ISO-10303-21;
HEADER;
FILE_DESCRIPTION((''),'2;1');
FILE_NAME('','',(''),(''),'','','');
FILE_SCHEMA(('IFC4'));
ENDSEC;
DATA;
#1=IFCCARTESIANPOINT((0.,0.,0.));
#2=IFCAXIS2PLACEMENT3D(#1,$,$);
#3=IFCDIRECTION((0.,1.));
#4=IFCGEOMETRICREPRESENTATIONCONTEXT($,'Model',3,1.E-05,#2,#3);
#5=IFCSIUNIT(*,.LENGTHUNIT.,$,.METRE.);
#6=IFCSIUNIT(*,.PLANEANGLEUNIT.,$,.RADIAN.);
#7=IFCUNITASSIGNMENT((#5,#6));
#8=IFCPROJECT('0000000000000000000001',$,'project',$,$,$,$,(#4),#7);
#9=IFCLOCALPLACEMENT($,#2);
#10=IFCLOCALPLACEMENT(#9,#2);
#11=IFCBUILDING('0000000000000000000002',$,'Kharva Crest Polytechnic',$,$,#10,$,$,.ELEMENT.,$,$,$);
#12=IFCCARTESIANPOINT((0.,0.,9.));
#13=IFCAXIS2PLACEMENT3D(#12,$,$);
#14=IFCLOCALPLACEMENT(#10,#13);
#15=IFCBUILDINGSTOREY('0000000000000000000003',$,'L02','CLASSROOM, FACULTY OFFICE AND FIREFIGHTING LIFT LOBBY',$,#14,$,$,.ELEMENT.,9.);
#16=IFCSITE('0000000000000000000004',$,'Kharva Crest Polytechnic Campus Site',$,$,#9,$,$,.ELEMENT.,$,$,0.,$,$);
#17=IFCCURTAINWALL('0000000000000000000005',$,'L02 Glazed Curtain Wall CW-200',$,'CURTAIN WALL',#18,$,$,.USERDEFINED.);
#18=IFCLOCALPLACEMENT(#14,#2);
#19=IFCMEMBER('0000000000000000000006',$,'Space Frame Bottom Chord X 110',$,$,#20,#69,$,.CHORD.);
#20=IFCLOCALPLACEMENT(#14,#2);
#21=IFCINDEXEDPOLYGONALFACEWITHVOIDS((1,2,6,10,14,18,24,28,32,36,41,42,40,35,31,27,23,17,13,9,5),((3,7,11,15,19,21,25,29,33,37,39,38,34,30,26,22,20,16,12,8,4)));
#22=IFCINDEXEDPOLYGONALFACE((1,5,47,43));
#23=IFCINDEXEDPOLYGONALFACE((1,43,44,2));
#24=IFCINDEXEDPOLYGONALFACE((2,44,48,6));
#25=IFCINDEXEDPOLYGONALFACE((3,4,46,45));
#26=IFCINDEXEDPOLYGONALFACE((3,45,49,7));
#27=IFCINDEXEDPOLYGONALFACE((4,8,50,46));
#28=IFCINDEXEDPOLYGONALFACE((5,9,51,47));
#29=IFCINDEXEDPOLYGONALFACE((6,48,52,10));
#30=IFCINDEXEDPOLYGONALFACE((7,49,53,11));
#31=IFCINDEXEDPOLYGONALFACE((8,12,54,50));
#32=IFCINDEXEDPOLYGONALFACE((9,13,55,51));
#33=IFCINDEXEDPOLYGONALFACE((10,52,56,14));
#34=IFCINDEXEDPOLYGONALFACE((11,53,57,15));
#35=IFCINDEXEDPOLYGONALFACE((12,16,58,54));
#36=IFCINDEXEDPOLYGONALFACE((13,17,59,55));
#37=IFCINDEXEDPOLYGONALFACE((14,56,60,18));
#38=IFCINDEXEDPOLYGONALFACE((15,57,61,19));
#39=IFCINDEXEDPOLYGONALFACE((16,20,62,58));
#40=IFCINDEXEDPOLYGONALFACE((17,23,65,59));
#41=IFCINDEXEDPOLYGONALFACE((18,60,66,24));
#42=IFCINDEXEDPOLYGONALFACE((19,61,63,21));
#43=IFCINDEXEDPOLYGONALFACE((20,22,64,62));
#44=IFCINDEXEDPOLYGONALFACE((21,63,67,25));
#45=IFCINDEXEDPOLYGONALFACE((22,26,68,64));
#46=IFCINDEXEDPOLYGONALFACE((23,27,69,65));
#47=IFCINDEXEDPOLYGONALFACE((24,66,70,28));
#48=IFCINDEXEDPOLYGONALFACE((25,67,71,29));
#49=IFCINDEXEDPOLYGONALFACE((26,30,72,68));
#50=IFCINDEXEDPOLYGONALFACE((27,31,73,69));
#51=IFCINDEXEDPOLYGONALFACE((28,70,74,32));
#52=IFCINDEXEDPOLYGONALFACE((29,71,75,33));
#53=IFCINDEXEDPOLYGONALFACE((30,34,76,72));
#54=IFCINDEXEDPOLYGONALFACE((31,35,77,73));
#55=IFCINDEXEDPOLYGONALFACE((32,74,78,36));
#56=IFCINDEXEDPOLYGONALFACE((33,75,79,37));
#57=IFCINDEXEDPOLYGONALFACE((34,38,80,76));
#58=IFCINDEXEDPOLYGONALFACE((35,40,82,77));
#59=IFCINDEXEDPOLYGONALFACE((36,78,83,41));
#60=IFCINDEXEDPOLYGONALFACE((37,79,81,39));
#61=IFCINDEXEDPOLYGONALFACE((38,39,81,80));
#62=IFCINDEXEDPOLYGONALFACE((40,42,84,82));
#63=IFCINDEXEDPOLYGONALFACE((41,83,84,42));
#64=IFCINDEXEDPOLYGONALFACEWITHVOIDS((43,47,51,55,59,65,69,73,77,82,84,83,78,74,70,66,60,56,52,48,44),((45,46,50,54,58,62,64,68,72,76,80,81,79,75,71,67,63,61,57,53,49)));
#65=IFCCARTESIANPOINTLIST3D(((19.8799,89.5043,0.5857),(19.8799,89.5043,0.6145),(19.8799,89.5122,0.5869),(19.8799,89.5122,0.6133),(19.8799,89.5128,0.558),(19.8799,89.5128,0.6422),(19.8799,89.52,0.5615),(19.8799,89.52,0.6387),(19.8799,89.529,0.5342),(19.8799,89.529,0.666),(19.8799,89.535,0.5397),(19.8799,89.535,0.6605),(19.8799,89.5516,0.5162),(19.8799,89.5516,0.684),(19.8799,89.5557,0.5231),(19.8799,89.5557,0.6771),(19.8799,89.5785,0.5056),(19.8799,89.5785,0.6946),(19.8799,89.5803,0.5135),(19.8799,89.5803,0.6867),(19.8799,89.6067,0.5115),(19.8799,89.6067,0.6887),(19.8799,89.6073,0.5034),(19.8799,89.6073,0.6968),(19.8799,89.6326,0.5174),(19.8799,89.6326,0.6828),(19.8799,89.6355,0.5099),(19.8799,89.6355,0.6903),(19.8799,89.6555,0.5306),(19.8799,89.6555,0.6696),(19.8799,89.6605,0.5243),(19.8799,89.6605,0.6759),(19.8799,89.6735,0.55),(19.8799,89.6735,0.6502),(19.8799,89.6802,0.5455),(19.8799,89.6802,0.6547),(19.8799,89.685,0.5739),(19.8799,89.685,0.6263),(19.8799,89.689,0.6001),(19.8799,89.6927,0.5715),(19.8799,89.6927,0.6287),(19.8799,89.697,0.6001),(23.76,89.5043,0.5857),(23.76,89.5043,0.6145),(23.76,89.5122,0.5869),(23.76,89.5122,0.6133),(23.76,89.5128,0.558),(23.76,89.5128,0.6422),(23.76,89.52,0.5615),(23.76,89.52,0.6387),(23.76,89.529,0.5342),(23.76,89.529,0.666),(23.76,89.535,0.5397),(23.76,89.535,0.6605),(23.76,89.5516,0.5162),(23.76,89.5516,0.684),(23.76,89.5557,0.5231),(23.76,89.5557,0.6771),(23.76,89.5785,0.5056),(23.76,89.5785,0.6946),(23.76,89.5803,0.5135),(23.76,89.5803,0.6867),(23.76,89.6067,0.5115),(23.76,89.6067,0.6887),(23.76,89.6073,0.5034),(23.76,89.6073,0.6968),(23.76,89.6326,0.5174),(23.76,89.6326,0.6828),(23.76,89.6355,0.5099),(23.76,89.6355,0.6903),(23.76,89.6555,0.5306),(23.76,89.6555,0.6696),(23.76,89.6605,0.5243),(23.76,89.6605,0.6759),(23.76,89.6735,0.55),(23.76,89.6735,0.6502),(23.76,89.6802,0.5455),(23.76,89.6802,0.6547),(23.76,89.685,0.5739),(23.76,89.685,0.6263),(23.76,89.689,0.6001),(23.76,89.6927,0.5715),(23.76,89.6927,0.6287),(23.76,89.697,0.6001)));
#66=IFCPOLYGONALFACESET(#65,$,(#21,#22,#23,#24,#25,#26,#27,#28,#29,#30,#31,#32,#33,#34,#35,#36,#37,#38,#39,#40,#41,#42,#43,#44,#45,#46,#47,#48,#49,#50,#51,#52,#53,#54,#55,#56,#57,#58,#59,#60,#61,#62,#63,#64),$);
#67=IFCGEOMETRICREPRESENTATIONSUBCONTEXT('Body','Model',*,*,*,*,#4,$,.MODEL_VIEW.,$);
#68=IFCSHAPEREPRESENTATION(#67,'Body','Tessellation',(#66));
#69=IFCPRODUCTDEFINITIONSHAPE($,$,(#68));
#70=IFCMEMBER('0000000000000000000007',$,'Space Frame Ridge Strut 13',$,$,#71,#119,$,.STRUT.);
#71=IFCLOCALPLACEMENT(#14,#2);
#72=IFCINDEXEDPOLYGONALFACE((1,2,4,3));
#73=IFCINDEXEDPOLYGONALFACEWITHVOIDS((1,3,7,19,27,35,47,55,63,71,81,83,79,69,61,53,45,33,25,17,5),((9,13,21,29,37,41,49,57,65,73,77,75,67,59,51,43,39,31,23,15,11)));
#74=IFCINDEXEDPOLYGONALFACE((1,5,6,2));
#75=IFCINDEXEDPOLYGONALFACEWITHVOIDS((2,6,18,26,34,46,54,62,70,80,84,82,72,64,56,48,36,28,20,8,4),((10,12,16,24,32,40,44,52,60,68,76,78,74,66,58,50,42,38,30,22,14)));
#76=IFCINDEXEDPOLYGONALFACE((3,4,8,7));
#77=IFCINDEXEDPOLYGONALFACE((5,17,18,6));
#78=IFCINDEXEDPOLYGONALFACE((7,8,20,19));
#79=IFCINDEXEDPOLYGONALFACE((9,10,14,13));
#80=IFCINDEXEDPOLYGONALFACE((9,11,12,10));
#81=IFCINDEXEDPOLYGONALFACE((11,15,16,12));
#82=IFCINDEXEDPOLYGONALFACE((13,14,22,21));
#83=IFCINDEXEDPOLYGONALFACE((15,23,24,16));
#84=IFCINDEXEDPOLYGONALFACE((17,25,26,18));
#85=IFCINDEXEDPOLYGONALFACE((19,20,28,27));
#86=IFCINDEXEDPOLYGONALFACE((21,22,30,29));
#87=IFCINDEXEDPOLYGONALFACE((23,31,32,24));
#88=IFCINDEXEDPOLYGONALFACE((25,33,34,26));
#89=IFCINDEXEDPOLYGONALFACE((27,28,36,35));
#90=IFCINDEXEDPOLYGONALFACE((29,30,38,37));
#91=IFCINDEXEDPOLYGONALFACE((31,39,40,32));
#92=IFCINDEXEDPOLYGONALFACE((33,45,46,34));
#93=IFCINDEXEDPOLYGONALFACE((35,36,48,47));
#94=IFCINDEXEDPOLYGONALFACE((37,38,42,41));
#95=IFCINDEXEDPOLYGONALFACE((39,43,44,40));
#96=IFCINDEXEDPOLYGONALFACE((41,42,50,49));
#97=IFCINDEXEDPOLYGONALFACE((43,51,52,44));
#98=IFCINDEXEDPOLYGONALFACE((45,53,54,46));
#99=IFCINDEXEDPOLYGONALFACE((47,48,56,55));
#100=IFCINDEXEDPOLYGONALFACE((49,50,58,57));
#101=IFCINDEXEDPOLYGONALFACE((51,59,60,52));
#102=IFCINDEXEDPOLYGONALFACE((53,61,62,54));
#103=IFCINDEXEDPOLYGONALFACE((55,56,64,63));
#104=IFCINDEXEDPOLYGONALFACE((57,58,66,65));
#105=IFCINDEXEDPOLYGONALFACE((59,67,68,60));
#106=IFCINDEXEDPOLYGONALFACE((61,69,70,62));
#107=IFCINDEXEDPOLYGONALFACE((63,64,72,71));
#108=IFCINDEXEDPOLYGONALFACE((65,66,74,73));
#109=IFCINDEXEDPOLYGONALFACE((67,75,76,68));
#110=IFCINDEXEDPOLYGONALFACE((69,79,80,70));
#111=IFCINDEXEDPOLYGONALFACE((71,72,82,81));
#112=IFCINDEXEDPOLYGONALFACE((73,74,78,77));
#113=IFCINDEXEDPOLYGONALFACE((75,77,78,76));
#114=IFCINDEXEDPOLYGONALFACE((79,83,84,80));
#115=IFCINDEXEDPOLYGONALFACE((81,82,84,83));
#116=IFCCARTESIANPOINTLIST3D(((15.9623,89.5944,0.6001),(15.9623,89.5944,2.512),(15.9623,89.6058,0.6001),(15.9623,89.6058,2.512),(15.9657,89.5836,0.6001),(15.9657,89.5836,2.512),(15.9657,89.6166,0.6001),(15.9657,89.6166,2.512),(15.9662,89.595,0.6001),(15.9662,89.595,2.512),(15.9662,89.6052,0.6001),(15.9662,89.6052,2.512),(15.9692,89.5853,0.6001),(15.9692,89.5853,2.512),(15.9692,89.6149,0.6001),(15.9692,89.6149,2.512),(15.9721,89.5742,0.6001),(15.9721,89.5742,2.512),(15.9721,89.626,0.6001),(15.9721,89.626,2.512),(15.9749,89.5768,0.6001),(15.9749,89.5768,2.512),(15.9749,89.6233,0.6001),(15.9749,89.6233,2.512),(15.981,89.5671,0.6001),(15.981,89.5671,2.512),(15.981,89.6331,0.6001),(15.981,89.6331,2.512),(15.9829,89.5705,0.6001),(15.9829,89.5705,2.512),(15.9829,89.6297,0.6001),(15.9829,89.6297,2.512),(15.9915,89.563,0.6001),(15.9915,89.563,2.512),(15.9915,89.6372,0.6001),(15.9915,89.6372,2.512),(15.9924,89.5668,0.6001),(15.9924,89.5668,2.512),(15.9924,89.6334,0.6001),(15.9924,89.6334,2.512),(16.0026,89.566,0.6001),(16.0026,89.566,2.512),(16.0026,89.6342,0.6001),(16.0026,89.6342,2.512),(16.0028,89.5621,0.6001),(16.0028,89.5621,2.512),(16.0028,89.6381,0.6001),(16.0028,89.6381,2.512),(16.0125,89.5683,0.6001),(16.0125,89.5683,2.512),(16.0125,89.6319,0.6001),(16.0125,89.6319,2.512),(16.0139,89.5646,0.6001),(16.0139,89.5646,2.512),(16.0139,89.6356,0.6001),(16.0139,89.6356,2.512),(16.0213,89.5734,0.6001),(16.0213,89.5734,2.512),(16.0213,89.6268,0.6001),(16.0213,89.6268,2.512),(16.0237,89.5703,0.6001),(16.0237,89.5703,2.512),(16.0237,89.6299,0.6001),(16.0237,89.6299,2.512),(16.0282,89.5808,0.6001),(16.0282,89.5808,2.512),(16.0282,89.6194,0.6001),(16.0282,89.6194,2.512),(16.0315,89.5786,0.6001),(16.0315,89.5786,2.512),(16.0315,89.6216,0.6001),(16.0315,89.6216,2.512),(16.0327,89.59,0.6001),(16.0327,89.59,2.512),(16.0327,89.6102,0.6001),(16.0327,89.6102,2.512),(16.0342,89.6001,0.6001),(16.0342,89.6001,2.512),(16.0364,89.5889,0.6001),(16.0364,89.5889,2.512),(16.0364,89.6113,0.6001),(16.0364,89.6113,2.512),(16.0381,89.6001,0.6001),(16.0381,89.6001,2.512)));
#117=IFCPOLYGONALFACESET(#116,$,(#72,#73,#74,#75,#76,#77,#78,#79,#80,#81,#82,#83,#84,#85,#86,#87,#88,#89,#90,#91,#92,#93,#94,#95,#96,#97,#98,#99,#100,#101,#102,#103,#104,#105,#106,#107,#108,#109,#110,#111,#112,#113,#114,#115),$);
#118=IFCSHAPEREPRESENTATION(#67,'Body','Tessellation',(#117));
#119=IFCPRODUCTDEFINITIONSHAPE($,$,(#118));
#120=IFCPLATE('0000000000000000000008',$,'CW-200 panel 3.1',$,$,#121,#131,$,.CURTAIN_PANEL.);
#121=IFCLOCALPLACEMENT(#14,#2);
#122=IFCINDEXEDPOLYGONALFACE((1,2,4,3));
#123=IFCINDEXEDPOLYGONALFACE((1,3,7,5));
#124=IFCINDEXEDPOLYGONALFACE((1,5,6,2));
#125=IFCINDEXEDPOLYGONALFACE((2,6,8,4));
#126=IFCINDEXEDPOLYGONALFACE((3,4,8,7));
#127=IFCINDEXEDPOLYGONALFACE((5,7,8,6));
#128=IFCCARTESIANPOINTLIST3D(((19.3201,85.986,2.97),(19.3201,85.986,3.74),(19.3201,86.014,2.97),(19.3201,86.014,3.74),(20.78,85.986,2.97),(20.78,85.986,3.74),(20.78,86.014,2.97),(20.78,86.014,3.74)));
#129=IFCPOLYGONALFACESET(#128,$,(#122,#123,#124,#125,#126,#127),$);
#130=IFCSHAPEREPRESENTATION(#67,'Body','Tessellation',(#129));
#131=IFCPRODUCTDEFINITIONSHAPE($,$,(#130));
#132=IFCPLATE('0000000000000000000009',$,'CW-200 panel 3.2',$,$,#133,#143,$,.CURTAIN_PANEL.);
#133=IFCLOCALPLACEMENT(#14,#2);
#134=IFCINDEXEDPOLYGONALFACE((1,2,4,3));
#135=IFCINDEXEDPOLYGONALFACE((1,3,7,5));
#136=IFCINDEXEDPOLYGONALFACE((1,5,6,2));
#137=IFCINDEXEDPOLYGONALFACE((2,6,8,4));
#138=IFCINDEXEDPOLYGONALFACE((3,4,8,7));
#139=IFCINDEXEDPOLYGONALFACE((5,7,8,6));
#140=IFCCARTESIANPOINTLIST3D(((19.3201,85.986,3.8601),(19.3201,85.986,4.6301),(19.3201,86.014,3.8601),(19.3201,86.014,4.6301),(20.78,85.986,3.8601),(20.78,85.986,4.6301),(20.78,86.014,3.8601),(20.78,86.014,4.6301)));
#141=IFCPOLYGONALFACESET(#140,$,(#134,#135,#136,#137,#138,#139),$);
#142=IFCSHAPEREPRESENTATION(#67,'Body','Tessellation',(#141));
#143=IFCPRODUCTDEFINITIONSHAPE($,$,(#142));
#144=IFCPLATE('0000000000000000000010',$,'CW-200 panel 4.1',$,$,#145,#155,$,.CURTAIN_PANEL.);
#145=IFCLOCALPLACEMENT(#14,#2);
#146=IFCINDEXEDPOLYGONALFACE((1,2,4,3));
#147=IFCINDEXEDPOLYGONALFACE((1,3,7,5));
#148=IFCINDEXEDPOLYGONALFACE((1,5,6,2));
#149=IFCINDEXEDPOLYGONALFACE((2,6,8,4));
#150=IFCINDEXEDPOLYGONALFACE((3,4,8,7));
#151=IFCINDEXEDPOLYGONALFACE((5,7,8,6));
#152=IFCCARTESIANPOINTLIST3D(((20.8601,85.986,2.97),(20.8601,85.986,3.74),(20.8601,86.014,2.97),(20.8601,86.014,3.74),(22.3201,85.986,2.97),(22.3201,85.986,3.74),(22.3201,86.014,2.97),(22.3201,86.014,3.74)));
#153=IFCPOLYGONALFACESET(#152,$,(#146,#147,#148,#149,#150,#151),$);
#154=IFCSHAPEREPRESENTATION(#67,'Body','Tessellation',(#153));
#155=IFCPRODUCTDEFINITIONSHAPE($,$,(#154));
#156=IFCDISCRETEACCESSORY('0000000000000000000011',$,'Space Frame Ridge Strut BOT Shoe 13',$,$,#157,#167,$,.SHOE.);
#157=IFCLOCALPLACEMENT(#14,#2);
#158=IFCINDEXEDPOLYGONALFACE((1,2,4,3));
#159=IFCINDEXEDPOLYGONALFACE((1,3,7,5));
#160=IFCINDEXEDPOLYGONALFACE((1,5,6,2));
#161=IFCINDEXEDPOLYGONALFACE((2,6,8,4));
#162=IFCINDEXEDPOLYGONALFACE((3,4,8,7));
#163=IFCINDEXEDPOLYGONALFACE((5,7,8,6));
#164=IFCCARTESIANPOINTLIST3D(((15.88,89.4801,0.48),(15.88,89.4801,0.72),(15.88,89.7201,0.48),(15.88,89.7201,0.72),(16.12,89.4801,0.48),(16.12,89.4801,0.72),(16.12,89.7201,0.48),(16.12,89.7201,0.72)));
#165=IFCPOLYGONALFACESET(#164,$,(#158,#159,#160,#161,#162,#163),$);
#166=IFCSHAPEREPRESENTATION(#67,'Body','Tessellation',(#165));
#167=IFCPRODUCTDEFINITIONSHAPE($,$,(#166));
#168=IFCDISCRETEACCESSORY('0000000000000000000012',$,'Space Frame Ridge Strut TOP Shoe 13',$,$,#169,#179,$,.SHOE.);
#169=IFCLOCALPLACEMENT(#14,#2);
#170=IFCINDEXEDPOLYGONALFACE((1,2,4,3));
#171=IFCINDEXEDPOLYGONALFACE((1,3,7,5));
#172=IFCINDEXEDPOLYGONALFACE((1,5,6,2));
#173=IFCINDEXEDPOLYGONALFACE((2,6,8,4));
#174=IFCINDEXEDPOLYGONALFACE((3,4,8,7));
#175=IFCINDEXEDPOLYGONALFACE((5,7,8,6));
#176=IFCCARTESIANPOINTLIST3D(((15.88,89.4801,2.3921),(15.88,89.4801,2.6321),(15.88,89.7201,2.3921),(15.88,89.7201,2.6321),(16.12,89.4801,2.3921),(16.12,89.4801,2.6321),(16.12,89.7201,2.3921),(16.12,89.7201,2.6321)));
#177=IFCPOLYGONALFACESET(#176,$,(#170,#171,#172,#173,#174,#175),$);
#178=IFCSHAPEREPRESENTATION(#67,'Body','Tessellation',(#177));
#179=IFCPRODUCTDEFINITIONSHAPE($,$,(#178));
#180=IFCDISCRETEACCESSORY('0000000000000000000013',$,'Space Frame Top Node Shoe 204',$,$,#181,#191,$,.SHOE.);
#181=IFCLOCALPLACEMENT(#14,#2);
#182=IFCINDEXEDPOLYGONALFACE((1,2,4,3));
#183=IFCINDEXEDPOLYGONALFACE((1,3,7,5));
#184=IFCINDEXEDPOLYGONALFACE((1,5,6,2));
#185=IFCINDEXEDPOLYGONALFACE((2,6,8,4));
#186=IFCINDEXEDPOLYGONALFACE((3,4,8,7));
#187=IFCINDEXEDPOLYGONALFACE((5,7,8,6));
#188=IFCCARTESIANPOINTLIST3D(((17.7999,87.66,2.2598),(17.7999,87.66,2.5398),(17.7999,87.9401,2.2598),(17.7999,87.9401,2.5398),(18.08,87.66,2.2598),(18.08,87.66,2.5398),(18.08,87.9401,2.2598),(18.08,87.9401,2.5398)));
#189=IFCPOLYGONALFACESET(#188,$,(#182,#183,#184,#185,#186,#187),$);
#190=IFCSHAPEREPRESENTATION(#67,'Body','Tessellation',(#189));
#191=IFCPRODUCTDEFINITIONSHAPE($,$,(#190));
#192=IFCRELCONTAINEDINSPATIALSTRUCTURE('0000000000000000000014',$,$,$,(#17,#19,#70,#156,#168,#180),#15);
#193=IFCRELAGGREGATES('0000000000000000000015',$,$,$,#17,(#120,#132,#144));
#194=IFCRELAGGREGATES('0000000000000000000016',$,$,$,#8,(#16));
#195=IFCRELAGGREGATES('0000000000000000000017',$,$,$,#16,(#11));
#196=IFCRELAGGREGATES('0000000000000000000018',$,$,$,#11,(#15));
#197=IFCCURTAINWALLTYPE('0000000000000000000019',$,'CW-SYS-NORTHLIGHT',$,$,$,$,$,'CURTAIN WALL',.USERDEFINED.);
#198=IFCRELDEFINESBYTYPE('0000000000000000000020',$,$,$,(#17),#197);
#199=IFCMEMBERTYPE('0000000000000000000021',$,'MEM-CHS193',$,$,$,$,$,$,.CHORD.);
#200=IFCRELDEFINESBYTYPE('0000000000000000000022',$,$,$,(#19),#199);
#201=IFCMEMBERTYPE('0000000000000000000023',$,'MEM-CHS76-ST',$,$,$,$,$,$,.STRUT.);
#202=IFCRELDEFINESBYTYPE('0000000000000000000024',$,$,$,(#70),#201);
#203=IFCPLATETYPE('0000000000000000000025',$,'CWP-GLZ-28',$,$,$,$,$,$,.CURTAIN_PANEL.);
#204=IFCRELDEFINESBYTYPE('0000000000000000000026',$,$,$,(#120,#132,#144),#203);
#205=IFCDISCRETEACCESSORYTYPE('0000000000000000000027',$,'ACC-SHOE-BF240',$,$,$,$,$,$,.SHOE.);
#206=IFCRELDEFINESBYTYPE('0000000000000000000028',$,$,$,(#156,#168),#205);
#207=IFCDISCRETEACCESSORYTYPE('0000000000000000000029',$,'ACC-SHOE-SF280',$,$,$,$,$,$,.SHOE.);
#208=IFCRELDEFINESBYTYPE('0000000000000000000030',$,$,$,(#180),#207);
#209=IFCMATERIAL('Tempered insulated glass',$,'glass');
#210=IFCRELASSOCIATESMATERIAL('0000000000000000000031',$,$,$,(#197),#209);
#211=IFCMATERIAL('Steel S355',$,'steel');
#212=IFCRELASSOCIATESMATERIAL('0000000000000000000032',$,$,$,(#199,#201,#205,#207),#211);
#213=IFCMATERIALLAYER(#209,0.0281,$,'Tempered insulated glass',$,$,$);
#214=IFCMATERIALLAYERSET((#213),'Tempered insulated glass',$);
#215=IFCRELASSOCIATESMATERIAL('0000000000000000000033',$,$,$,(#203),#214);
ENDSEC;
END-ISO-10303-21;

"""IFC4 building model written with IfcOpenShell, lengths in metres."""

from ifc_helpers import new_model, si_unit, direction, frame, origin, origin_2d, place, context, subcontext, project, spatial, rectangle, hollow_circle, extrude, material, layer, layer_set, material_profile, profile_set, type_object, element, aggregate, save


model = new_model("IFC4")

# Units and contexts
model_context = context("Model", 3, precision=1e-05, world=origin(), true_north=direction((0.0, 1.0)))
body_context = subcontext(model_context, "Body", "Model", "MODEL_VIEW")
ifc_project = project(units=[si_unit("LENGTHUNIT", "METRE"), si_unit("PLANEANGLEUNIT", "RADIAN")], contexts=[model_context])

# Site, building, storey
site_placement = place(None, origin())
site = spatial("IfcSite", under=ifc_project, at=site_placement, Name="Kharva Crest Polytechnic Campus Site", CompositionType="ELEMENT", RefElevation=0.0)
building_placement = place(site_placement, origin())
building = spatial("IfcBuilding", under=site, at=building_placement, Name="Kharva Crest Polytechnic", CompositionType="ELEMENT")
storey_placement = place(building_placement, frame((0.0, 0.0, 9.0)))
storey = spatial("IfcBuildingStorey", under=building, at=storey_placement, Name="L02", Description="CLASSROOM, FACULTY OFFICE AND FIREFIGHTING LIFT LOBBY", CompositionType="ELEMENT", Elevation=9.0)

# Curtain wall
ifc_material_1 = material(Name="Tempered insulated glass", Category="glass")
curtain_wall_type = type_object("IfcCurtainWallType", Name="CW-SYS-NORTHLIGHT", ElementType="CURTAIN WALL", PredefinedType="USERDEFINED", material=ifc_material_1)
curtain_wall_placement = place(storey_placement, origin())
curtain_wall = element("IfcCurtainWall", 1, at=curtain_wall_placement, inside=storey, type_object=curtain_wall_type, Name="L02 Glazed Curtain Wall CW-200", ObjectType="CURTAIN WALL", PredefinedType="USERDEFINED")
ifc_material_2 = material(Name="Steel S355", Category="steel")

# Members
ifc_material_profile_1 = material_profile(ifc_material_2, hollow_circle(Radius=0.0969, WallThickness=0.0081, at=origin_2d()), Name="CHS 193.7X8.0")
ifc_profile_set_1 = profile_set([ifc_material_profile_1], Name="Steel S355")
member_type_1 = type_object("IfcMemberType", Name="MEM-CHS193", PredefinedType="CHORD", material=ifc_profile_set_1)
member_1_placement = place(storey_placement, frame((19.8799, 89.6001, 0.6001), z_axis=(1.0, 0.0, 0.0), x_axis=(0.0, 1.0, 0.0)))
element("IfcMember", 2, at=member_1_placement, inside=storey, type_object=member_type_1, Name="Space Frame Bottom Chord X 110", PredefinedType="CHORD", context=body_context, shape_type="SweptSolid", body=[
    extrude(hollow_circle(Radius=0.0969, WallThickness=0.0081, at=origin_2d()), origin(), (0.0, 0.0, 1.0), 3.8801),
])
ifc_material_profile_2 = material_profile(ifc_material_2, hollow_circle(Radius=0.0381, WallThickness=0.0039, at=origin_2d()), Name="CHS 76.1X4.0")
ifc_profile_set_2 = profile_set([ifc_material_profile_2], Name="Steel S355")
member_type_2 = type_object("IfcMemberType", Name="MEM-CHS76-ST", PredefinedType="STRUT", material=ifc_profile_set_2)
member_2_placement = place(storey_placement, frame((16.0, 89.6001, 0.6001), z_axis=(0.0, 0.0, 1.0), x_axis=(1.0, 0.0, 0.0)))
element("IfcMember", 3, at=member_2_placement, inside=storey, type_object=member_type_2, Name="Space Frame Ridge Strut 13", PredefinedType="STRUT", context=body_context, shape_type="SweptSolid", body=[
    extrude(hollow_circle(Radius=0.0381, WallThickness=0.0039, at=origin_2d()), origin(), (0.0, 0.0, 1.0), 1.9119),
])

# Plates
ifc_layer = layer(ifc_material_1, 0.0281, Name="Tempered insulated glass")
ifc_layer_set = layer_set([ifc_layer], Name="Tempered insulated glass")
plate_type = type_object("IfcPlateType", Name="CWP-GLZ-28", PredefinedType="CURTAIN_PANEL", material=ifc_layer_set)
plate_1_placement = place(storey_placement, frame((20.05, 86.0, 2.97), z_axis=(0.0, 0.0, 1.0), x_axis=(1.0, 0.0, 0.0)))
plate_1 = element("IfcPlate", 4, at=plate_1_placement, type_object=plate_type, Name="CW-200 panel 3.1", PredefinedType="CURTAIN_PANEL", context=body_context, shape_type="SweptSolid", body=[
    extrude(rectangle(XDim=1.46, YDim=0.0281, at=origin_2d()), origin(), (0.0, 0.0, 1.0), 0.77),
])
plate_2_placement = place(storey_placement, frame((20.05, 86.0, 3.8601), z_axis=(0.0, 0.0, 1.0), x_axis=(1.0, 0.0, 0.0)))
plate_2 = element("IfcPlate", 5, at=plate_2_placement, type_object=plate_type, Name="CW-200 panel 3.2", PredefinedType="CURTAIN_PANEL", context=body_context, shape_type="SweptSolid", body=[
    extrude(rectangle(XDim=1.46, YDim=0.0281, at=origin_2d()), origin(), (0.0, 0.0, 1.0), 0.77),
])
plate_3_placement = place(storey_placement, frame((21.5901, 86.0, 2.97), z_axis=(0.0, 0.0, 1.0), x_axis=(1.0, 0.0, 0.0)))
plate_3 = element("IfcPlate", 6, at=plate_3_placement, type_object=plate_type, Name="CW-200 panel 4.1", PredefinedType="CURTAIN_PANEL", context=body_context, shape_type="SweptSolid", body=[
    extrude(rectangle(XDim=1.46, YDim=0.0281, at=origin_2d()), origin(), (0.0, 0.0, 1.0), 0.77),
])
aggregate(curtain_wall, [plate_1, plate_2, plate_3])

# Discrete accessories
discrete_accessory_type_1 = type_object("IfcDiscreteAccessoryType", Name="ACC-SHOE-BF240", PredefinedType="SHOE", material=ifc_material_2)
for number, where, z_axis, x_axis, name in (
    (7, (16.0, 89.6001, 0.48), (0.0, 0.0, 1.0), (1.0, 0.0, 0.0), "Space Frame Ridge Strut BOT Shoe 13"),
    (8, (16.0, 89.6001, 2.3921), (0.0, 0.0, 1.0), (1.0, 0.0, 0.0), "Space Frame Ridge Strut TOP Shoe 13"),
):
    element("IfcDiscreteAccessory", number, at=place(storey_placement, frame(where, z_axis=z_axis, x_axis=x_axis)), inside=storey, type_object=discrete_accessory_type_1, Name=name, PredefinedType="SHOE", context=body_context, shape_type="SweptSolid", body=[
        extrude(rectangle(XDim=0.24, YDim=0.24, at=origin_2d()), origin(), (0.0, 0.0, 1.0), 0.24),
    ])
discrete_accessory_type_2 = type_object("IfcDiscreteAccessoryType", Name="ACC-SHOE-SF280", PredefinedType="SHOE", material=ifc_material_2)
discrete_accessory_placement = place(storey_placement, frame((17.9399, 87.8, 2.2598), z_axis=(0.0, 0.0, 1.0), x_axis=(1.0, 0.0, 0.0)))
element("IfcDiscreteAccessory", 9, at=discrete_accessory_placement, inside=storey, type_object=discrete_accessory_type_2, Name="Space Frame Top Node Shoe 204", PredefinedType="SHOE", context=body_context, shape_type="SweptSolid", body=[
    extrude(rectangle(XDim=0.28, YDim=0.28, at=origin_2d()), origin(), (0.0, 0.0, 1.0), 0.28),
])

save(model, "model.ifc")
